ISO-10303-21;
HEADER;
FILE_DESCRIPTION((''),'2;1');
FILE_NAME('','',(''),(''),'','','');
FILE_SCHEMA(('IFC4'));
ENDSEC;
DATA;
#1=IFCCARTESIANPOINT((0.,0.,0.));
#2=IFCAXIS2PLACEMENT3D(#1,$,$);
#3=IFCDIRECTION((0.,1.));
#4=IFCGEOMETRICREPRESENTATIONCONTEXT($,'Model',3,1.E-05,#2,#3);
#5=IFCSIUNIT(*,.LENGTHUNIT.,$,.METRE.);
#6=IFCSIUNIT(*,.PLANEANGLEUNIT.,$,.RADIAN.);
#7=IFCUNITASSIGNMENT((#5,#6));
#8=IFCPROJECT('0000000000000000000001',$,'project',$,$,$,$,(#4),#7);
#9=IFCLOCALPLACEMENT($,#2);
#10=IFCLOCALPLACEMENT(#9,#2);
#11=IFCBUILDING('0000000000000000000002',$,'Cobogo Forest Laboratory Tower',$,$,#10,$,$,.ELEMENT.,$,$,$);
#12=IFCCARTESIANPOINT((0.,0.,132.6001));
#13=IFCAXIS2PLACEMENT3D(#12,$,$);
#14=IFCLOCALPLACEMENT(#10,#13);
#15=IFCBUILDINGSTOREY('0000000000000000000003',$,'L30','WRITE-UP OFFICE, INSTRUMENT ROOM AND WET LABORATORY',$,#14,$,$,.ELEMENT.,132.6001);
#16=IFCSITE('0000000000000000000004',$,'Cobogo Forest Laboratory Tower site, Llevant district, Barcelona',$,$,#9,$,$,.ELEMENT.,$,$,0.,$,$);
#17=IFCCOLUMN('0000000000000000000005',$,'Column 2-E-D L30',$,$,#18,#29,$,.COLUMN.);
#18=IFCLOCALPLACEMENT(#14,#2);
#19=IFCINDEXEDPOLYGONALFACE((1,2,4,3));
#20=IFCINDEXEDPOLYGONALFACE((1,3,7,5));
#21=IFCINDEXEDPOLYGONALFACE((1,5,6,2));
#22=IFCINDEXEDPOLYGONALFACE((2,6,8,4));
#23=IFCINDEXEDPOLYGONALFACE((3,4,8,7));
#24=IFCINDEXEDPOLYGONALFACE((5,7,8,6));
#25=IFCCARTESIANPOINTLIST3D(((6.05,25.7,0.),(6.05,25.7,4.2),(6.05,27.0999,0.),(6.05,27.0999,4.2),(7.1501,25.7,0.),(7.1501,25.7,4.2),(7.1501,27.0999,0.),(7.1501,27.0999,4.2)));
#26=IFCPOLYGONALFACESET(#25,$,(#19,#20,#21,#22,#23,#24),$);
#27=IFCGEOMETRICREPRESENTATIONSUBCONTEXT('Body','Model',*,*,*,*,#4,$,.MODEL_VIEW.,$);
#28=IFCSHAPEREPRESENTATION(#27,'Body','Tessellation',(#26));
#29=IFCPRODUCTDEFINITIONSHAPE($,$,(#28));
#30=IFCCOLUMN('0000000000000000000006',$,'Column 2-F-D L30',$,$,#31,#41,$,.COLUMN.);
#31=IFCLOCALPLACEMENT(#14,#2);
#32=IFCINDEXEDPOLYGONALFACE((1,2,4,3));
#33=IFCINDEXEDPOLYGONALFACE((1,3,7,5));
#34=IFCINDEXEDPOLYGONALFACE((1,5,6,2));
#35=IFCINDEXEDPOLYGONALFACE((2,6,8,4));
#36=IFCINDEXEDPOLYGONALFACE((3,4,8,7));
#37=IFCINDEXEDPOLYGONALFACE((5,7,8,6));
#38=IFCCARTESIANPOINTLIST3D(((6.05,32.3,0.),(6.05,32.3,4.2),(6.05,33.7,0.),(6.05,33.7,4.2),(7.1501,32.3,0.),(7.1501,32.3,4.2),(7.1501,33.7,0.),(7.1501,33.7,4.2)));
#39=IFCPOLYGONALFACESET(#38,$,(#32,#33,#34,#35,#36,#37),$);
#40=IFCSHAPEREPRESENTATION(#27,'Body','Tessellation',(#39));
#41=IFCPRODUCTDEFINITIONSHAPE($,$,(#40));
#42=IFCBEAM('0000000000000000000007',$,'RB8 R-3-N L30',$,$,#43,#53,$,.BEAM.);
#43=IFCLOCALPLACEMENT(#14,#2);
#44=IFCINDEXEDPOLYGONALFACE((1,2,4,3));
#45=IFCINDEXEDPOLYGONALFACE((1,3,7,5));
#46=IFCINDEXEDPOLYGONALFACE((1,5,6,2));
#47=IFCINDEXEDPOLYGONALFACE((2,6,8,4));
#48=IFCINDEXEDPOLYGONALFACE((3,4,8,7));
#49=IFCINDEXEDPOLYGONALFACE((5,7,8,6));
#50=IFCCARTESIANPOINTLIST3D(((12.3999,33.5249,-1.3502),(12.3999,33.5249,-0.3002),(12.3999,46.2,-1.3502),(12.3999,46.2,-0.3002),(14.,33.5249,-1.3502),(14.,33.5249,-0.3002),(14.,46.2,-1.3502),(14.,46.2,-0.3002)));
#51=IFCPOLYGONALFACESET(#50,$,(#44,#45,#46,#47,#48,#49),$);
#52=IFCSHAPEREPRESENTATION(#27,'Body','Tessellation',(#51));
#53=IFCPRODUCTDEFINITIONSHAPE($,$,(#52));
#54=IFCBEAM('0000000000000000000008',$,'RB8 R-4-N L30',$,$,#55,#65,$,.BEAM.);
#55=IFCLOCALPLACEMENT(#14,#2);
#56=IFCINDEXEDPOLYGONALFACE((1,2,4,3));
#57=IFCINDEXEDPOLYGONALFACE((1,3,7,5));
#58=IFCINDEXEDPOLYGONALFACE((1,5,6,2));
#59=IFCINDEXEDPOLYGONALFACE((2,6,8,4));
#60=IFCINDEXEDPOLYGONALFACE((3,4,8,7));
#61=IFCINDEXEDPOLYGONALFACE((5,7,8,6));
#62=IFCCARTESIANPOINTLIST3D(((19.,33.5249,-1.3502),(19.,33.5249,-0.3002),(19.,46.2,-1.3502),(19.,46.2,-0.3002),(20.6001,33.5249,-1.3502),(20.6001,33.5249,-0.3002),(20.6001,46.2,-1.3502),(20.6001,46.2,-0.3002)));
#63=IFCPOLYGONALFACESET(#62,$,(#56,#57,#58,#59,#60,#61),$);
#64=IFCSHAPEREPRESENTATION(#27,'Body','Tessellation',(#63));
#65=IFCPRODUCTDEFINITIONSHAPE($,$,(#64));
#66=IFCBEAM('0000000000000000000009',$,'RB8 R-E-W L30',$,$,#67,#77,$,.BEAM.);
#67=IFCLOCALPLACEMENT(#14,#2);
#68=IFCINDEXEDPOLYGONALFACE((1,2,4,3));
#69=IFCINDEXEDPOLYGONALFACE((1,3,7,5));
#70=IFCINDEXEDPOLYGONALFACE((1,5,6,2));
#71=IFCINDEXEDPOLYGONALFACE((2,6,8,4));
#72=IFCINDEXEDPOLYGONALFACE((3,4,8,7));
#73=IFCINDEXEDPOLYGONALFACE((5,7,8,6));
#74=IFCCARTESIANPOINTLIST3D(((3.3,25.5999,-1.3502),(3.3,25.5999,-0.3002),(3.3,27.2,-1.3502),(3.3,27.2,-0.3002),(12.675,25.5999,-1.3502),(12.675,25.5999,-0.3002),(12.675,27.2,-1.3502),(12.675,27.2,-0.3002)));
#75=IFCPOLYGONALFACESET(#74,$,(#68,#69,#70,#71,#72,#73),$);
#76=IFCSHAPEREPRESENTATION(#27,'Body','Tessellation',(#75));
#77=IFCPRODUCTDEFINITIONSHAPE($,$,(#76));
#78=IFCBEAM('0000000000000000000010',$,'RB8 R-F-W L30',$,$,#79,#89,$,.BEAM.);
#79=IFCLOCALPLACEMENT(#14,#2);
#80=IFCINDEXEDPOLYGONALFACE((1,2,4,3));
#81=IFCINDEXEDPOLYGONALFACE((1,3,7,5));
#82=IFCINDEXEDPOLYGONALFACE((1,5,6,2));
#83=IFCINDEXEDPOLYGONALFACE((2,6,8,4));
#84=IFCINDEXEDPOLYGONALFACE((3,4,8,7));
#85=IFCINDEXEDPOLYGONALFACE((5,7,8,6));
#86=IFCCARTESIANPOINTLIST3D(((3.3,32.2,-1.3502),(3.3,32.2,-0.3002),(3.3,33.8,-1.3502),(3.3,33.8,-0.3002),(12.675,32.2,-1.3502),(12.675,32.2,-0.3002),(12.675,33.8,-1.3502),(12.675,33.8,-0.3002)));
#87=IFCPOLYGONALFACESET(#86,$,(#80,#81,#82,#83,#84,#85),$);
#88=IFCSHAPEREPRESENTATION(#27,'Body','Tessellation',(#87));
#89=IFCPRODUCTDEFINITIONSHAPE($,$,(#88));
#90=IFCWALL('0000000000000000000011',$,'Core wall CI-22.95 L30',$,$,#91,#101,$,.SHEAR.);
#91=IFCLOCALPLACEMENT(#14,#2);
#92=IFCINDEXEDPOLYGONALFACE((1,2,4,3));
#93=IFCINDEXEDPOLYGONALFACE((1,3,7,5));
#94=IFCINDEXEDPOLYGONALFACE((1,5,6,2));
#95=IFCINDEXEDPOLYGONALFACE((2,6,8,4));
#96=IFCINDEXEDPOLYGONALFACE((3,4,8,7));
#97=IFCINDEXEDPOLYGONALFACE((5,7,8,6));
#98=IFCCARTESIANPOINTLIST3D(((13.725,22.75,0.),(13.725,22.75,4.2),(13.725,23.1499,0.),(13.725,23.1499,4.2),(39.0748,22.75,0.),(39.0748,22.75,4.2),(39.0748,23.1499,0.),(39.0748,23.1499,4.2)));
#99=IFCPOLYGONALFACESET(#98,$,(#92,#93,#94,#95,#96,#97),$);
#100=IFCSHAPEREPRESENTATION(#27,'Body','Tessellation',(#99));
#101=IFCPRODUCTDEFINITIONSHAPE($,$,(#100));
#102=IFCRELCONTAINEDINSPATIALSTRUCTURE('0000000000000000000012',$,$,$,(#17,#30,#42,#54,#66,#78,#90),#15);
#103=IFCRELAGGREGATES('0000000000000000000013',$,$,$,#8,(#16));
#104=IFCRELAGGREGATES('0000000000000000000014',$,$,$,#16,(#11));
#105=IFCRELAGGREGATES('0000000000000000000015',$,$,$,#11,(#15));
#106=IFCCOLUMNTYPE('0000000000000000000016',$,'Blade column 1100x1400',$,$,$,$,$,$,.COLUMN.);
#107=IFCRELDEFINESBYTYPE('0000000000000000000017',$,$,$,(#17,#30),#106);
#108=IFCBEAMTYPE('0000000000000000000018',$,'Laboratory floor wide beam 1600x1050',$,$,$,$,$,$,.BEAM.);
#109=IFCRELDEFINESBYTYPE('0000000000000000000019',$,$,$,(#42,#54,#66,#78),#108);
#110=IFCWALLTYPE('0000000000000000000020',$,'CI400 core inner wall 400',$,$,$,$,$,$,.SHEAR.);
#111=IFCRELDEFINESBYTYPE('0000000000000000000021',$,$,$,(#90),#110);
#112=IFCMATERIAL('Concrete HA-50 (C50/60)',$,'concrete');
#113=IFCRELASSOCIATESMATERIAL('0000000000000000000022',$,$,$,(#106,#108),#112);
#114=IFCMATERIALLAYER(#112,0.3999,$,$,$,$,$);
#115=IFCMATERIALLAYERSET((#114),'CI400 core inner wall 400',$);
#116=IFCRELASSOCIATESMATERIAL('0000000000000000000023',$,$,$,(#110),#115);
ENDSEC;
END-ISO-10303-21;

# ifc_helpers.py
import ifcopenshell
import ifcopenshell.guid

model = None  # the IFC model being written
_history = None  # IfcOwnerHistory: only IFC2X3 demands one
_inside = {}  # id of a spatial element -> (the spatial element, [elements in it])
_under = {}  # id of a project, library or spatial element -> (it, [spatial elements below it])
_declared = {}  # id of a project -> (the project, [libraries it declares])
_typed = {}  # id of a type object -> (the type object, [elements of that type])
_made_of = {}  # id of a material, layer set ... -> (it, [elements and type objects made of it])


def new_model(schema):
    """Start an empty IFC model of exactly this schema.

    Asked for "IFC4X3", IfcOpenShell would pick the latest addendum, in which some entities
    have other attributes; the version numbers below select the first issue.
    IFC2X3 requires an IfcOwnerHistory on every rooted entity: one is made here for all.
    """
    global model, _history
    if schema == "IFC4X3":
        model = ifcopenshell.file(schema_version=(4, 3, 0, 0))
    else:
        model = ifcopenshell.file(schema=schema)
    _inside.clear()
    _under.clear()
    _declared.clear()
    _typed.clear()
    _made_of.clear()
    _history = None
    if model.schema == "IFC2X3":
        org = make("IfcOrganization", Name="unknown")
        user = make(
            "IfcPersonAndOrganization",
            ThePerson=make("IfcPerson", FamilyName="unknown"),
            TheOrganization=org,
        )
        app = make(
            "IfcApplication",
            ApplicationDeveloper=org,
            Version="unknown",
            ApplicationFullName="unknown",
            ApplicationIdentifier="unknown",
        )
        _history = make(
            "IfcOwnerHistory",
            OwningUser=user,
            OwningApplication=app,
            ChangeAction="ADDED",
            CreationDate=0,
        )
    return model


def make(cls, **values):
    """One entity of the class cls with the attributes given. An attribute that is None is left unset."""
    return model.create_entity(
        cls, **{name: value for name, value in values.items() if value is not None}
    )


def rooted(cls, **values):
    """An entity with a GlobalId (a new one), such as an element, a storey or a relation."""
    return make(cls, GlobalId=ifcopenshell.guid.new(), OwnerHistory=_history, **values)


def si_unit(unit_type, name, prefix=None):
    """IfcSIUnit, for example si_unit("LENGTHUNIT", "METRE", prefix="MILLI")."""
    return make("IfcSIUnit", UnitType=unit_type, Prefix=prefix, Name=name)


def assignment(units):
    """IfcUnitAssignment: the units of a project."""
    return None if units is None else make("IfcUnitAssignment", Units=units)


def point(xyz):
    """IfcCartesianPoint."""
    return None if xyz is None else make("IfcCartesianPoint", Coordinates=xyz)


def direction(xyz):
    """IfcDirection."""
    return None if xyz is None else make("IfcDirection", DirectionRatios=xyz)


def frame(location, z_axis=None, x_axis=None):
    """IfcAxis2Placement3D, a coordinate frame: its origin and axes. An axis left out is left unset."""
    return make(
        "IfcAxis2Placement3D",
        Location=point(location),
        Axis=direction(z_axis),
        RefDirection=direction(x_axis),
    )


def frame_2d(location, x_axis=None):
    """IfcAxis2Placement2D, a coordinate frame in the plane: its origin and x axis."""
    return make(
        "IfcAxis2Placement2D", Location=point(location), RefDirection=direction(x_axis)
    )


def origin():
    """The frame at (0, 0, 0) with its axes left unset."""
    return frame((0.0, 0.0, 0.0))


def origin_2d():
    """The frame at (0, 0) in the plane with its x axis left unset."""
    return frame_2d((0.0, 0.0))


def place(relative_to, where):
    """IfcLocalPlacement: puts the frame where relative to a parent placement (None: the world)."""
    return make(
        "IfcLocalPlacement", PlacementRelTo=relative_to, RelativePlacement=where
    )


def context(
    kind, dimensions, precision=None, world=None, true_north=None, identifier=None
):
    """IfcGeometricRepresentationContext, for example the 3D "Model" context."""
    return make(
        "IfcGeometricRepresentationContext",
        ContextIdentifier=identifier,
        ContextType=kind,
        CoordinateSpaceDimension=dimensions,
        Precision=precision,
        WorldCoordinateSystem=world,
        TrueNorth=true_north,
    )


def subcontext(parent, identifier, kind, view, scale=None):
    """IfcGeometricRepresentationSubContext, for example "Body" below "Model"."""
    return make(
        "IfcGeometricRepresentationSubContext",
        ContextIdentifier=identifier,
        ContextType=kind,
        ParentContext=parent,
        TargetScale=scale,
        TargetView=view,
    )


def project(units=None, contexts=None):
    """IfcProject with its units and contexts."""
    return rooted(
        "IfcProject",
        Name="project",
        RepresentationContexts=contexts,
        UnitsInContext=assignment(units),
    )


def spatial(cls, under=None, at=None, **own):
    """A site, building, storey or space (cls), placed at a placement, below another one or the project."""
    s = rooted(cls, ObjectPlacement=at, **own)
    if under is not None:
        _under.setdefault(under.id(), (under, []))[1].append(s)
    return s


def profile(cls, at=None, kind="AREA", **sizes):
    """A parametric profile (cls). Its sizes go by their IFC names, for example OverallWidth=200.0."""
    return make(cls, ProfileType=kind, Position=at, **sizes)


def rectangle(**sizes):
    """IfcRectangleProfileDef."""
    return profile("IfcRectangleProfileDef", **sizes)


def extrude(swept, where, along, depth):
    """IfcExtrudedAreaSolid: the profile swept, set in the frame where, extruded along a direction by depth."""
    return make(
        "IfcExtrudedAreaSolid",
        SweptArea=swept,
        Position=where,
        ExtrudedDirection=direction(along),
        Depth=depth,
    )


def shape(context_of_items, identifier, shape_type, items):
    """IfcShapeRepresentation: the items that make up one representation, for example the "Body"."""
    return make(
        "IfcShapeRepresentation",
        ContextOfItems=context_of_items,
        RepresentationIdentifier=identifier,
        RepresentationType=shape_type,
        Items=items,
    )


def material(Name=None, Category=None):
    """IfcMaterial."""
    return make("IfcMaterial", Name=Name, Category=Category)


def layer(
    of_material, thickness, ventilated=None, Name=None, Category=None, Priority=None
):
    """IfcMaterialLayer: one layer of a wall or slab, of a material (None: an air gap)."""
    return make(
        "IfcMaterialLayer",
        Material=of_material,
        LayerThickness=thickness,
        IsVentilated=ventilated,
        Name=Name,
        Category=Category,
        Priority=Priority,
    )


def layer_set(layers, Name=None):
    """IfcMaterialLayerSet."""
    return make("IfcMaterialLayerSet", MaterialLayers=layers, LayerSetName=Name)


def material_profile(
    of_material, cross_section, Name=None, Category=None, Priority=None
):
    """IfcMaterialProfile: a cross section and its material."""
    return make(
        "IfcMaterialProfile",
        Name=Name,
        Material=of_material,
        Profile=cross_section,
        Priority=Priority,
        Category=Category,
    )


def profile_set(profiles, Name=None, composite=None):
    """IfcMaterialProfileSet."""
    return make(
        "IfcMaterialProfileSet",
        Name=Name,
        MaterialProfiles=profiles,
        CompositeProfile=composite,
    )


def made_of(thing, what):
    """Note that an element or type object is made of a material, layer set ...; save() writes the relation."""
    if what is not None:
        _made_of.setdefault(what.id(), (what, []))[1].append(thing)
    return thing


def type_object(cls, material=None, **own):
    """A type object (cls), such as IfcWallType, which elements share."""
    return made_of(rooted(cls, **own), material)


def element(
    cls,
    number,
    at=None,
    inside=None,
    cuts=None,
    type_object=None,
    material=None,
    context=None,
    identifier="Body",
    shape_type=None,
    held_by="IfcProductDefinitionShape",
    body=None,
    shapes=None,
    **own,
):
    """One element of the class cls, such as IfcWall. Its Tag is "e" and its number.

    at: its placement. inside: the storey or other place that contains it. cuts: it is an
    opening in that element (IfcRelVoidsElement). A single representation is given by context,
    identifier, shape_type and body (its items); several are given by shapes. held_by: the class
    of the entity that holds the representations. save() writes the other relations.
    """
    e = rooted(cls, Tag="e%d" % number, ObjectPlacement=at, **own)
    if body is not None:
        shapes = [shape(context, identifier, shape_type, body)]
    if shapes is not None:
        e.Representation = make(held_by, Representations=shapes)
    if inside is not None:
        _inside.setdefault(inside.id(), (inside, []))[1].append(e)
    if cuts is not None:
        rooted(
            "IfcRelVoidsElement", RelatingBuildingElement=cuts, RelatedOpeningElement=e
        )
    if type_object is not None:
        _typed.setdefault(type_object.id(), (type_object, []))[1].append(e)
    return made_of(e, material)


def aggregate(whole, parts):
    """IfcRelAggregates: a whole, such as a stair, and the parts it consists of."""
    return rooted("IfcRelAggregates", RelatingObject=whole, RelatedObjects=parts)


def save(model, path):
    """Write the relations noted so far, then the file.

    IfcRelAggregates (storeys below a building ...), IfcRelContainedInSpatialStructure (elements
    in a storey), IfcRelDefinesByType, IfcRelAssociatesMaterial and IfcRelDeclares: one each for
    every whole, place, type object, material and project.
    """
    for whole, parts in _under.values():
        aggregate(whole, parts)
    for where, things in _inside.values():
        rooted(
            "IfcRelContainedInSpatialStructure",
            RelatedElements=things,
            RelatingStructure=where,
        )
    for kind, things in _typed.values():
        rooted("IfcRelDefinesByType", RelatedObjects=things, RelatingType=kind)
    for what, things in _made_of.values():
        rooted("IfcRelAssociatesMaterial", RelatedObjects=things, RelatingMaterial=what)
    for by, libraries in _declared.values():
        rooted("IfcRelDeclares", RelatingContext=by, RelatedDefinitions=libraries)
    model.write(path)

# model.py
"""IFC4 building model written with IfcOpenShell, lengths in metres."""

from ifc_helpers import new_model, si_unit, direction, frame, frame_2d, origin, origin_2d, place, context, subcontext, project, spatial, rectangle, extrude, material, layer, layer_set, material_profile, profile_set, type_object, element, save


model = new_model("IFC4")

# Units and contexts
model_context = context("Model", 3, precision=1e-05, world=origin(), true_north=direction((0.0, 1.0)))
body_context = subcontext(model_context, "Body", "Model", "MODEL_VIEW")
ifc_project = project(units=[si_unit("LENGTHUNIT", "METRE"), si_unit("PLANEANGLEUNIT", "RADIAN")], contexts=[model_context])

# Site, building, storey
site_placement = place(None, origin())
site = spatial("IfcSite", under=ifc_project, at=site_placement, Name="Cobogo Forest Laboratory Tower site, Llevant district, Barcelona", CompositionType="ELEMENT", RefElevation=0.0)
building_placement = place(site_placement, origin())
building = spatial("IfcBuilding", under=site, at=building_placement, Name="Cobogo Forest Laboratory Tower", CompositionType="ELEMENT")
storey_placement = place(building_placement, frame((0.0, 0.0, 132.6001)))
storey = spatial("IfcBuildingStorey", under=building, at=storey_placement, Name="L30", Description="WRITE-UP OFFICE, INSTRUMENT ROOM AND WET LABORATORY", CompositionType="ELEMENT", Elevation=132.6001)

# Columns
ifc_material_1 = material(Name="Concrete HA-50 (C50/60)", Category="concrete")
ifc_material_profile_1 = material_profile(ifc_material_1, rectangle(XDim=1.3999, YDim=1.1001, at=origin_2d()), Name="RC 1100x1400")
ifc_profile_set_1 = profile_set([ifc_material_profile_1], Name="Concrete HA-50 (C50/60)")
column_type = type_object("IfcColumnType", Name="Blade column 1100x1400", PredefinedType="COLUMN", material=ifc_profile_set_1)
for number, where, z_axis, x_axis, name in (
    (1, (6.6001, 26.3999, 0.0), (0.0, 0.0, 1.0), (0.0, 1.0, 0.0), "Column 2-E-D L30"),
    (2, (6.6001, 33.0, 0.0), (0.0, 0.0, 1.0), (0.0, 1.0, 0.0), "Column 2-F-D L30"),
):
    element("IfcColumn", number, at=place(storey_placement, frame(where, z_axis=z_axis, x_axis=x_axis)), inside=storey, type_object=column_type, Name=name, PredefinedType="COLUMN", context=body_context, shape_type="SweptSolid", body=[
        extrude(rectangle(XDim=1.3999, YDim=1.1001, at=origin_2d()), origin(), (0.0, 0.0, 1.0), 4.2),
    ])

# Beams
ifc_material_profile_2 = material_profile(ifc_material_1, rectangle(XDim=1.6001, YDim=1.05, at=origin_2d()), Name="RC 1600x1050")
ifc_profile_set_2 = profile_set([ifc_material_profile_2], Name="Concrete HA-50 (C50/60)")
beam_type = type_object("IfcBeamType", Name="Laboratory floor wide beam 1600x1050", PredefinedType="BEAM", material=ifc_profile_set_2)
for number, where, z_axis, x_axis, name in (
    (3, (13.2, 33.5249, -0.8252), (0.0, 1.0, 0.0), (-1.0, 0.0, 0.0), "RB8 R-3-N L30"),
    (4, (19.8, 33.5249, -0.8252), (0.0, 1.0, 0.0), (-1.0, 0.0, 0.0), "RB8 R-4-N L30"),
):
    element("IfcBeam", number, at=place(storey_placement, frame(where, z_axis=z_axis, x_axis=x_axis)), inside=storey, type_object=beam_type, Name=name, PredefinedType="BEAM", context=body_context, shape_type="SweptSolid", body=[
        extrude(rectangle(XDim=1.6001, YDim=1.05, at=origin_2d()), origin(), (0.0, 0.0, 1.0), 12.675),
    ])
for number, where, z_axis, x_axis, name in (
    (5, (12.675, 26.3999, -0.8252), (-1.0, 0.0, 0.0), (0.0, -1.0, 0.0), "RB8 R-E-W L30"),
    (6, (12.675, 33.0, -0.8252), (-1.0, 0.0, 0.0), (0.0, -1.0, 0.0), "RB8 R-F-W L30"),
):
    element("IfcBeam", number, at=place(storey_placement, frame(where, z_axis=z_axis, x_axis=x_axis)), inside=storey, type_object=beam_type, Name=name, PredefinedType="BEAM", context=body_context, shape_type="SweptSolid", body=[
        extrude(rectangle(XDim=1.6001, YDim=1.05, at=origin_2d()), origin(), (0.0, 0.0, 1.0), 9.375),
    ])

# Wall
ifc_layer_1 = layer(ifc_material_1, 0.3999)
ifc_layer_set_1 = layer_set([ifc_layer_1], Name="CI400 core inner wall 400")
wall_type_1 = type_object("IfcWallType", Name="CI400 core inner wall 400", PredefinedType="SHEAR", material=ifc_layer_set_1)
wall_1_placement = place(storey_placement, frame((13.7251, 22.95, 0.0), z_axis=(0.0, 0.0, 1.0), x_axis=(1.0, 0.0, 0.0)))
element("IfcWall", 7, at=wall_1_placement, inside=storey, type_object=wall_type_1, Name="Core wall CI-22.95 L30", PredefinedType="SHEAR", context=body_context, shape_type="SweptSolid", body=[
    extrude(rectangle(XDim=25.3499, YDim=0.3999, at=frame_2d((12.6748, 0.0))), origin(), (0.0, 0.0, 1.0), 4.2),
])

save(model, "model.ifc")
